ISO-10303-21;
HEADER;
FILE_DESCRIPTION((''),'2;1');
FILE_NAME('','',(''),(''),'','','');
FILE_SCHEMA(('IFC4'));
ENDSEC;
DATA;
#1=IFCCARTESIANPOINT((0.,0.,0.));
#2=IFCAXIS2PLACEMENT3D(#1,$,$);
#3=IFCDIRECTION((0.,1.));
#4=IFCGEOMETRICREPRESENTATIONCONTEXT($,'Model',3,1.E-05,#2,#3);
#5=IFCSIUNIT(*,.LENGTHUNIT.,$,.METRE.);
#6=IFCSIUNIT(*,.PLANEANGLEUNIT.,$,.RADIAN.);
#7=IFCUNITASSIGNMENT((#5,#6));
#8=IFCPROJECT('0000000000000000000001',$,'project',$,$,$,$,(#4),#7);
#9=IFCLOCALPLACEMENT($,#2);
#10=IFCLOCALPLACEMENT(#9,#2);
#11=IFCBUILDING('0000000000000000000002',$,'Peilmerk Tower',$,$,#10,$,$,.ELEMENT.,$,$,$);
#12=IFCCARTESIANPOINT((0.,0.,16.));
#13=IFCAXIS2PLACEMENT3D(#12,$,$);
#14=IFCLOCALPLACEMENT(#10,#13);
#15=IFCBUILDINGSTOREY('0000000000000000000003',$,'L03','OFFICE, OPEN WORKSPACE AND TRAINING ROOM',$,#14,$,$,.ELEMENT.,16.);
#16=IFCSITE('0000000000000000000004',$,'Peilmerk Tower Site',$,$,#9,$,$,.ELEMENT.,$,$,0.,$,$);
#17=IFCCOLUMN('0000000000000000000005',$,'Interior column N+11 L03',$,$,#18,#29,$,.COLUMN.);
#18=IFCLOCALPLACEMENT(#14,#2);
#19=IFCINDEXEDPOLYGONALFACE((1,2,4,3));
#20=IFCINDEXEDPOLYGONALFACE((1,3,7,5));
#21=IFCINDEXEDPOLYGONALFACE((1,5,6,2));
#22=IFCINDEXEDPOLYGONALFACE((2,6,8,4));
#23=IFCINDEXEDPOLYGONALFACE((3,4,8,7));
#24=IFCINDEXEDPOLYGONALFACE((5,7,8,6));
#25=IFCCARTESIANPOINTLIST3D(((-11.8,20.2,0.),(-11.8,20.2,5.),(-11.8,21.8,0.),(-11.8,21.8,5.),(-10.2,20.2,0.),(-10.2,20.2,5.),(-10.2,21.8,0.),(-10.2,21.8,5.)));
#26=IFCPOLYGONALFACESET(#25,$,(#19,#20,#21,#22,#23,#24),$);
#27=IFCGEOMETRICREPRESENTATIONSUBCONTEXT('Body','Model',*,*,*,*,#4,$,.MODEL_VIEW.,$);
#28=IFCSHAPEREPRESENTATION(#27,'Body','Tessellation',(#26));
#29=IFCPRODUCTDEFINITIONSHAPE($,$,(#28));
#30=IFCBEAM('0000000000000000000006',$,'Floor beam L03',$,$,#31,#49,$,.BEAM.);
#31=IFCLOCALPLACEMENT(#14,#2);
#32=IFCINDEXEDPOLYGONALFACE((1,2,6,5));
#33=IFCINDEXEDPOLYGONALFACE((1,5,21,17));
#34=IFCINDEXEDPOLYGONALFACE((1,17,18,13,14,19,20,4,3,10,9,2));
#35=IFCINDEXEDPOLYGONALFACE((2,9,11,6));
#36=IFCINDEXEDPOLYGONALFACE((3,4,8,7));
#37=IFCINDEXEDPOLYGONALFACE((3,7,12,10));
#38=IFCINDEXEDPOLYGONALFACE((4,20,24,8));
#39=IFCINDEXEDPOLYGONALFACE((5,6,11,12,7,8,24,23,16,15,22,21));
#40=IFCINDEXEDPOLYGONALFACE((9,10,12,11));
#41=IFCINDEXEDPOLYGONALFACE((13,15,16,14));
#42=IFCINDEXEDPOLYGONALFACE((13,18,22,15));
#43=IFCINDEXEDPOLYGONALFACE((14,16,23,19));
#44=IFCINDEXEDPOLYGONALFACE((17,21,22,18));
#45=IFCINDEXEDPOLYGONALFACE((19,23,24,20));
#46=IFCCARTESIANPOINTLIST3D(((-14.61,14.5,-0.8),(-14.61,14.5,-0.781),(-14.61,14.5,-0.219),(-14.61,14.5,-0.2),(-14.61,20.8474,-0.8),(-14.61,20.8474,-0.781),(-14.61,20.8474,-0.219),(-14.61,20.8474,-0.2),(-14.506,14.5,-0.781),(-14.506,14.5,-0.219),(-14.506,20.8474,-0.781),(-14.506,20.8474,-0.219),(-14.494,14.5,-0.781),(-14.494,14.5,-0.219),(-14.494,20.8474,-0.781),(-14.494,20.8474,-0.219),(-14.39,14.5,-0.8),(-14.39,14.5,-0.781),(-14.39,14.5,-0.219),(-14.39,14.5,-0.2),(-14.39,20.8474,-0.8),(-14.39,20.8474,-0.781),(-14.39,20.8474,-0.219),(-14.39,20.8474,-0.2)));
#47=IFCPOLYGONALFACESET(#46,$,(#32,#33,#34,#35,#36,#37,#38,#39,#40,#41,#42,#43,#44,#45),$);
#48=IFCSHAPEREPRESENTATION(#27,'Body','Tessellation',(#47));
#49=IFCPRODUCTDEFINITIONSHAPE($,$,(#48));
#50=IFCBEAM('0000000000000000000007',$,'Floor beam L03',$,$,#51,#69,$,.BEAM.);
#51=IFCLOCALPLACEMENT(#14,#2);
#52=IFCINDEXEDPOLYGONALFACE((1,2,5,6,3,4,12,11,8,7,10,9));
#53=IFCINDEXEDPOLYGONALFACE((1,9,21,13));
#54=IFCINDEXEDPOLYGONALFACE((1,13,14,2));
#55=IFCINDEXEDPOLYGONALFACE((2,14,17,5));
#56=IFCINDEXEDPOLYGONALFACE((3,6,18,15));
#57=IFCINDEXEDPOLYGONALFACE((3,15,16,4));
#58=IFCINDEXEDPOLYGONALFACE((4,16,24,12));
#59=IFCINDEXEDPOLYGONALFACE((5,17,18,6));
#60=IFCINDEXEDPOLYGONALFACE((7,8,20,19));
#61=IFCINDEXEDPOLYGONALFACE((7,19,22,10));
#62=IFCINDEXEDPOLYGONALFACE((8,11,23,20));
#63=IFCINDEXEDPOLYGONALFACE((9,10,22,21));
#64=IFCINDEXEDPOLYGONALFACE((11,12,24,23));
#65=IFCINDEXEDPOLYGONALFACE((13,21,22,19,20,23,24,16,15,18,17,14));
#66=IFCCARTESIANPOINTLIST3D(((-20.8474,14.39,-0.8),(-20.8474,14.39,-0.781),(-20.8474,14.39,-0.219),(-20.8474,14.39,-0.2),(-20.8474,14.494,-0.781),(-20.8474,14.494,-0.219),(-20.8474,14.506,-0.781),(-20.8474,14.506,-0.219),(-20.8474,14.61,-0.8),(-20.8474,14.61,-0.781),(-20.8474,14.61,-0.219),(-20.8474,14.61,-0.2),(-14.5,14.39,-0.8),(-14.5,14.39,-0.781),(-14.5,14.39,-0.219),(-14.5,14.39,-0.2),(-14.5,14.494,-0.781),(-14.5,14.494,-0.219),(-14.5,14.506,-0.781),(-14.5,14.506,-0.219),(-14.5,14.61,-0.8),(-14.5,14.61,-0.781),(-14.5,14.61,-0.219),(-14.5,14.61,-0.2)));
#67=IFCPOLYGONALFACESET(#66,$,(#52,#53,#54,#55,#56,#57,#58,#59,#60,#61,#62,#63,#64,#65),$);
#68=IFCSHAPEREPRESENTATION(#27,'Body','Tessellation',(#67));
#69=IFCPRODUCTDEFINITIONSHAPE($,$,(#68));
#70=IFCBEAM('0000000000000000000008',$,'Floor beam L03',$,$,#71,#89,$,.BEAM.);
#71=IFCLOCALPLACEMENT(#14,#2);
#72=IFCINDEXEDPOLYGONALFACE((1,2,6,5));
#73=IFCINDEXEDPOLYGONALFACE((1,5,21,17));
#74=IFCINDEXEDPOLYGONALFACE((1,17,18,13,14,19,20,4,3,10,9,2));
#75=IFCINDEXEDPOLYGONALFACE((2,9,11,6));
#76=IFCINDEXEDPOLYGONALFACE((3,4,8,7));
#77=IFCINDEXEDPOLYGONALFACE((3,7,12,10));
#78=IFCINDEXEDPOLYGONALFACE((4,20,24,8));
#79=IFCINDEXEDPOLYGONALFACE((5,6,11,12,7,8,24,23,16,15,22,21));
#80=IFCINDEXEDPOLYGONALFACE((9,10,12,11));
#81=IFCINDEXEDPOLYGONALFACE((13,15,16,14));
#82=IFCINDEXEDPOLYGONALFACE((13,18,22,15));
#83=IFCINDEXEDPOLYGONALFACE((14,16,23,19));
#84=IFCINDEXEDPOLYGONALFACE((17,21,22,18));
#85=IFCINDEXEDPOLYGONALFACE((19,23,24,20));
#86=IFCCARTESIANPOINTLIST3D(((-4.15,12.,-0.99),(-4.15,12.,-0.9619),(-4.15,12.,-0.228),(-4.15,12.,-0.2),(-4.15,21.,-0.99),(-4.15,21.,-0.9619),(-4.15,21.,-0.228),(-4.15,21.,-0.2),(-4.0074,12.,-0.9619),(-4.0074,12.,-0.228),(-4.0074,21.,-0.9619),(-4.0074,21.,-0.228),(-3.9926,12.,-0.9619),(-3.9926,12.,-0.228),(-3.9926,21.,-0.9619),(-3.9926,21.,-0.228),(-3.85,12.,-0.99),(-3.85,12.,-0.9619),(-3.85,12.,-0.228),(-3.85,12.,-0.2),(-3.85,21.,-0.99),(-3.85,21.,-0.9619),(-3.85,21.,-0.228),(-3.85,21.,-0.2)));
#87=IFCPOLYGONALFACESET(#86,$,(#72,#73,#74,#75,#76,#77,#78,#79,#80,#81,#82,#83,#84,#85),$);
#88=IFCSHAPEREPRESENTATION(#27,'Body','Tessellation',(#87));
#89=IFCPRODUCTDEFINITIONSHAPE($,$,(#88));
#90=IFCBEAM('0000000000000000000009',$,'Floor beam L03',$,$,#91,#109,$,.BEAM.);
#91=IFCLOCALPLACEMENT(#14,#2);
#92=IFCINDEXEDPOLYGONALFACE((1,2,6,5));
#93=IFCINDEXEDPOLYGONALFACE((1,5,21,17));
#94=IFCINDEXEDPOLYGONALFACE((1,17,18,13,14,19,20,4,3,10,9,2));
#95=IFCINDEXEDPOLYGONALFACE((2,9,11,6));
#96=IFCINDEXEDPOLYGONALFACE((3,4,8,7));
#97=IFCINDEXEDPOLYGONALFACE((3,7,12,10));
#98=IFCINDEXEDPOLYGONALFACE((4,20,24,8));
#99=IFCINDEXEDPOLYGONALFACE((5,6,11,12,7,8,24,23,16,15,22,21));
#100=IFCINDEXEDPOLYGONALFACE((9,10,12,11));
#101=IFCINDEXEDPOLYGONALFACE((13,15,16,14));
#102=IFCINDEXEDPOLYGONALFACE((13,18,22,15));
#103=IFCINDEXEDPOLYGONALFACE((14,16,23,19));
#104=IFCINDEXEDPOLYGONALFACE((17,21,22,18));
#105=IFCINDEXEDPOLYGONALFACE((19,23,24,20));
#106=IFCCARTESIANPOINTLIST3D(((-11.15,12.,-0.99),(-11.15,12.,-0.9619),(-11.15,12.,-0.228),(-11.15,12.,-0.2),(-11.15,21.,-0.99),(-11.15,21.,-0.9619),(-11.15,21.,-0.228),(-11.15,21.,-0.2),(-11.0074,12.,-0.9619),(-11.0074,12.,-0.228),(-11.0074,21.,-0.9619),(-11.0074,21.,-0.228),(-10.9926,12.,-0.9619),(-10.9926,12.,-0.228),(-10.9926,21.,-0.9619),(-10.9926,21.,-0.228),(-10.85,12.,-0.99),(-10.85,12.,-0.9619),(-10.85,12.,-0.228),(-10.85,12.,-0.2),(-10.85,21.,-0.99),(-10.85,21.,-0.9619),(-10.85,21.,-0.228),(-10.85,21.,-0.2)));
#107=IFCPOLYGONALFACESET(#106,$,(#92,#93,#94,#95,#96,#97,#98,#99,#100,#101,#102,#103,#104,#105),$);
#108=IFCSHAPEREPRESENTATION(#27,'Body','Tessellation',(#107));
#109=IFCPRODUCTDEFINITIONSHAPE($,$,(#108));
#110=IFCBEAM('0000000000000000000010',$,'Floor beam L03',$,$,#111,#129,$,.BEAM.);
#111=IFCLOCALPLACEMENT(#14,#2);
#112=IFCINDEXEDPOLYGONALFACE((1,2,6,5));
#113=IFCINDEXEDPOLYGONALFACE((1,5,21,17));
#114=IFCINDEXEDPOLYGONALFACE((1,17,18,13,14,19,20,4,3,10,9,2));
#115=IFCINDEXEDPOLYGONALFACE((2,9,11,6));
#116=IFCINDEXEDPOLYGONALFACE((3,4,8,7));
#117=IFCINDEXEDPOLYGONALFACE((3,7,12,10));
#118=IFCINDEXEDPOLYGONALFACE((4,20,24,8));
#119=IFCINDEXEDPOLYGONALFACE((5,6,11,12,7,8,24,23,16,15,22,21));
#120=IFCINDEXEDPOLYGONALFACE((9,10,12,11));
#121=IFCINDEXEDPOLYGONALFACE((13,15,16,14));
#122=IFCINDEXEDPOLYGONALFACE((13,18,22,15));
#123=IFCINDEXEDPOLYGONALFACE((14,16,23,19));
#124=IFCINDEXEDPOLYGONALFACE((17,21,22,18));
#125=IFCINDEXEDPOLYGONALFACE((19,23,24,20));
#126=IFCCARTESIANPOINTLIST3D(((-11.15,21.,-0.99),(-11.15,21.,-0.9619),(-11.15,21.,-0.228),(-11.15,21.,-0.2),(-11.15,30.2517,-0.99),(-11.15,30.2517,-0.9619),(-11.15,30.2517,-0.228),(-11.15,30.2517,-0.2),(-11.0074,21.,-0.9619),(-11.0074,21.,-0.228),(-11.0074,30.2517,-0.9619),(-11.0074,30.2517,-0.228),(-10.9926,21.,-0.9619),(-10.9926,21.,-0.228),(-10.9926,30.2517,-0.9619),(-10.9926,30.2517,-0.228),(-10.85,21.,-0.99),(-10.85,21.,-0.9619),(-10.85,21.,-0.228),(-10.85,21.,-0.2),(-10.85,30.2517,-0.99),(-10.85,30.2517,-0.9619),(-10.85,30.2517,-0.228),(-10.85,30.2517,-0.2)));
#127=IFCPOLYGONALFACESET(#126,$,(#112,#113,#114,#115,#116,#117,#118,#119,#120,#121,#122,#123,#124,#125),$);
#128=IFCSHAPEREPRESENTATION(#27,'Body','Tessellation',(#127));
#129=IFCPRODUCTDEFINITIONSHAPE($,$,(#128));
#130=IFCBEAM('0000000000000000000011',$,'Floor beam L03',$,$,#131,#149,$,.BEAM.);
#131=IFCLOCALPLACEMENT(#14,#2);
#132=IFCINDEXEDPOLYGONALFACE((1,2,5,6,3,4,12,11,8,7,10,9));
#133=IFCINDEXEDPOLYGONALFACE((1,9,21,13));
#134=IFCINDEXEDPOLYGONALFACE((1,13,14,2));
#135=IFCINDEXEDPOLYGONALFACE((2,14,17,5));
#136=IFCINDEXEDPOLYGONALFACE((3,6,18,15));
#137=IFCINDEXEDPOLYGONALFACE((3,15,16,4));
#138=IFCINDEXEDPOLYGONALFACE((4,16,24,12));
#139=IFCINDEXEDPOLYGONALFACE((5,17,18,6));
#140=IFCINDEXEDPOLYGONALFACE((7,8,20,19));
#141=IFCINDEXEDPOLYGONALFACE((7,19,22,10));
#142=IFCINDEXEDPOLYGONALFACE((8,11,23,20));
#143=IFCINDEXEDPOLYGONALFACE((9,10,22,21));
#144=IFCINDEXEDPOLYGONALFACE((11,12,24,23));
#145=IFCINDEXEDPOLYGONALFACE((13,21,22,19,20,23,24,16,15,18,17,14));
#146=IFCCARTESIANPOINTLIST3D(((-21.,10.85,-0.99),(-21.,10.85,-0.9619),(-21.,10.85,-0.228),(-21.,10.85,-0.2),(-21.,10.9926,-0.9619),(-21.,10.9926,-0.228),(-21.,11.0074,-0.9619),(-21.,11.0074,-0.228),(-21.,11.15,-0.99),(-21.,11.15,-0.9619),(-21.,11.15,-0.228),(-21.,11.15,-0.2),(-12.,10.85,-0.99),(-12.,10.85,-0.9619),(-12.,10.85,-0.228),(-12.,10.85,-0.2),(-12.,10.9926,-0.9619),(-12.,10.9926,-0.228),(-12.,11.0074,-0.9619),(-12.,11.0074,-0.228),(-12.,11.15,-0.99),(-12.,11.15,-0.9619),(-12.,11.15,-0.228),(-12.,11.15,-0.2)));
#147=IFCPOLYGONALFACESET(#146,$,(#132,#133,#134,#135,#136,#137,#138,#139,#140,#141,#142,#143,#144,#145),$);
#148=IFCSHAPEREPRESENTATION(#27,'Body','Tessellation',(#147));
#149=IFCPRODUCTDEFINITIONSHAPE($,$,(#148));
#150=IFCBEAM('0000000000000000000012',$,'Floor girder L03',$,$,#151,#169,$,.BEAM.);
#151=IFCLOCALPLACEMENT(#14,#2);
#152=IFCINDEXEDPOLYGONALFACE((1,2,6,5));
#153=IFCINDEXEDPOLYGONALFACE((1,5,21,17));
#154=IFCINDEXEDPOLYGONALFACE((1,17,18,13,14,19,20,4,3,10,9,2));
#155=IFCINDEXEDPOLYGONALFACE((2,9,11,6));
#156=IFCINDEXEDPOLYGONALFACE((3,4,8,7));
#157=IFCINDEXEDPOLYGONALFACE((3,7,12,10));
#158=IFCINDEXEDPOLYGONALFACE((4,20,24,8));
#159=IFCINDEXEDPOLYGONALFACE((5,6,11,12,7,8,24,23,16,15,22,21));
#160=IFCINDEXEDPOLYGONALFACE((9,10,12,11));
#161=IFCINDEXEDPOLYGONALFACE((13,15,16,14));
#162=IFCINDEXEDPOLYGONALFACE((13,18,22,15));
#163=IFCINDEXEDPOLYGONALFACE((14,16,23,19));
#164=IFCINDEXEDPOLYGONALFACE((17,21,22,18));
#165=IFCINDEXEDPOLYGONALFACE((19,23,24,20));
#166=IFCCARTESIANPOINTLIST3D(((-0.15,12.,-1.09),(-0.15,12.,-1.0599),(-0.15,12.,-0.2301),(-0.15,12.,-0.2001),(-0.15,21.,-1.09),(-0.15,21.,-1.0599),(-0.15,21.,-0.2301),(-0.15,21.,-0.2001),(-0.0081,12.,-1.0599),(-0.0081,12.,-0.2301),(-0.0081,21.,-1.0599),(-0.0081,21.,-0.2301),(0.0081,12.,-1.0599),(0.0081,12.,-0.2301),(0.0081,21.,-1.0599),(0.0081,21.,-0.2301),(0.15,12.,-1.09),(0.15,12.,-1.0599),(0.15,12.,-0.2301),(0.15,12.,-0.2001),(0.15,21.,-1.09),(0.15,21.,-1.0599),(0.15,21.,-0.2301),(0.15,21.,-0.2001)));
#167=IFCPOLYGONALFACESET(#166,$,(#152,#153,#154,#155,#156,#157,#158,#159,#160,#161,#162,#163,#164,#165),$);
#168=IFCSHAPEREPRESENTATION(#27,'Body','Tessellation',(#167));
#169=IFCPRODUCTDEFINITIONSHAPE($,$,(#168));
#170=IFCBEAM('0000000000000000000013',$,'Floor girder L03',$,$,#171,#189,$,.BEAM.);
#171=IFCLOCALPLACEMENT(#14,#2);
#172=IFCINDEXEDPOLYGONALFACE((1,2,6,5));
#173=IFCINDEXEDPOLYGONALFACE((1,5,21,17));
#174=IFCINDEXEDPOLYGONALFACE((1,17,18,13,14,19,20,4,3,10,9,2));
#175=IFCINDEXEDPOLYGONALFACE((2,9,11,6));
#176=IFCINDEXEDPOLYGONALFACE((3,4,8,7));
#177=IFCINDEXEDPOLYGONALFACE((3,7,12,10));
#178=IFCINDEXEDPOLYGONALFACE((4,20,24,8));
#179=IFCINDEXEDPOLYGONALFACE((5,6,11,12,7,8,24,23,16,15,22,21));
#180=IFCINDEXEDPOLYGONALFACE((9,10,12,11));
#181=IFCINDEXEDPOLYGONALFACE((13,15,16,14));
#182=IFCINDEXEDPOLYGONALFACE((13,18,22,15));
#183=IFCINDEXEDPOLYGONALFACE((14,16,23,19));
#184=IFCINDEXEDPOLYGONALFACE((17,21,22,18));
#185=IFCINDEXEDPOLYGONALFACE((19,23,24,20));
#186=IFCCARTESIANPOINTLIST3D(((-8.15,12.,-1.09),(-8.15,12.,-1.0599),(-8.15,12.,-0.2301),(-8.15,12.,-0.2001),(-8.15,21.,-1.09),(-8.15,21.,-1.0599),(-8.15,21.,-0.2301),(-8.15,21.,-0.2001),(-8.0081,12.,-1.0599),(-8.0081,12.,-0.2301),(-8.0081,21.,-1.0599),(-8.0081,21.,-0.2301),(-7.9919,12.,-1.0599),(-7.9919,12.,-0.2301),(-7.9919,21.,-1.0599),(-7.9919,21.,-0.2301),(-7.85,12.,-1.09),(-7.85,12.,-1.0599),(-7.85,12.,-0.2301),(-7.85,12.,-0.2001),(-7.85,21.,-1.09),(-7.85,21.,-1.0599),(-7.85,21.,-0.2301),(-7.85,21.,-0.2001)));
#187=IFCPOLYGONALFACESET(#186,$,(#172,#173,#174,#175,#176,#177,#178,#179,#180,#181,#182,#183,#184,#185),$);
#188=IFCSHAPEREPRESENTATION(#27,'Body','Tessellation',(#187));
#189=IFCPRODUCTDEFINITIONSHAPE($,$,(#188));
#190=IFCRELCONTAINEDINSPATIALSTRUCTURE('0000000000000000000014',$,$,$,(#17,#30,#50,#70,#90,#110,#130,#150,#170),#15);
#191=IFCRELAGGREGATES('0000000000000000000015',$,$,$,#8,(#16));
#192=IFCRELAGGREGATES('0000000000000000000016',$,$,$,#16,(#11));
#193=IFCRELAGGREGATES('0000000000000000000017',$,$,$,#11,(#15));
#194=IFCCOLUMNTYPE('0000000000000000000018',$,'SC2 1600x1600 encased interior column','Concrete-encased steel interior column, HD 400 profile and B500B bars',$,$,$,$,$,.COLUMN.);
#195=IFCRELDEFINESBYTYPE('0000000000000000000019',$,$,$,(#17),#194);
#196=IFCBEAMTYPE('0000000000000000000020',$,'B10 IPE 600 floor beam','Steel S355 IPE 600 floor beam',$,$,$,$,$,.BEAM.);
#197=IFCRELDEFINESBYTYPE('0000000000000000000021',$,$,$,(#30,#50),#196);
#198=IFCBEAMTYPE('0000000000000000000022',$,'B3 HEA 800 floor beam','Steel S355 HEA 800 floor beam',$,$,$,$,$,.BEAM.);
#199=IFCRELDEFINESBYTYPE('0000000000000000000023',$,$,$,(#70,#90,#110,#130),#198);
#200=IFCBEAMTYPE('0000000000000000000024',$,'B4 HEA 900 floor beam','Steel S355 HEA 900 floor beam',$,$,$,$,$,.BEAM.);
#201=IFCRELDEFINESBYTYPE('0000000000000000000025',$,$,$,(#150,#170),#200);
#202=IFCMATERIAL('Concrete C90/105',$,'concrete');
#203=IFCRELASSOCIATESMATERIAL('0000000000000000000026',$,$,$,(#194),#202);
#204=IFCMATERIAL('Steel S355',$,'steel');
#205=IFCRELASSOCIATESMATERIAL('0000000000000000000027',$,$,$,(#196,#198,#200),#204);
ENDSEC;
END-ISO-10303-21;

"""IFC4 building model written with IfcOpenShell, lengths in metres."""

from ifc_helpers import new_model, si_unit, direction, frame, origin, origin_2d, place, context, subcontext, project, spatial, rectangle, i_section, extrude, material, material_profile, profile_set, type_object, element, save


model = new_model("IFC4")

# Units and contexts
model_context = context("Model", 3, precision=1e-05, world=origin(), true_north=direction((0.0, 1.0)))
body_context = subcontext(model_context, "Body", "Model", "MODEL_VIEW")
ifc_project = project(units=[si_unit("LENGTHUNIT", "METRE"), si_unit("PLANEANGLEUNIT", "RADIAN")], contexts=[model_context])

# Site, building, storey
site_placement = place(None, origin())
site = spatial("IfcSite", under=ifc_project, at=site_placement, Name="Peilmerk Tower Site", CompositionType="ELEMENT", RefElevation=0.0)
building_placement = place(site_placement, origin())
building = spatial("IfcBuilding", under=site, at=building_placement, Name="Peilmerk Tower", CompositionType="ELEMENT")
storey_placement = place(building_placement, frame((0.0, 0.0, 16.0)))
storey = spatial("IfcBuildingStorey", under=building, at=storey_placement, Name="L03", Description="OFFICE, OPEN WORKSPACE AND TRAINING ROOM", CompositionType="ELEMENT", Elevation=16.0)

# Column
ifc_material_1 = material(Name="Concrete C90/105", Category="concrete")
ifc_material_profile_1 = material_profile(ifc_material_1, rectangle(XDim=1.6001, YDim=1.6001, at=origin_2d()), Name="RC 1600x1600")
ifc_profile_set_1 = profile_set([ifc_material_profile_1], Name="Concrete C90/105")
column_type = type_object("IfcColumnType", Name="SC2 1600x1600 encased interior column", Description="Concrete-encased steel interior column, HD 400 profile and B500B bars", PredefinedType="COLUMN", material=ifc_profile_set_1)
column_placement = place(storey_placement, frame((-11.0, 21.0, 0.0), z_axis=(0.0, 0.0, 1.0), x_axis=(1.0, 0.0, 0.0)))
element("IfcColumn", 1, at=column_placement, inside=storey, type_object=column_type, Name="Interior column N+11 L03", PredefinedType="COLUMN", context=body_context, shape_type="SweptSolid", body=[
    extrude(rectangle(XDim=1.6001, YDim=1.6001, at=origin_2d()), origin(), (0.0, 0.0, 1.0), 5.0),
])

# Beams
ifc_material_2 = material(Name="Steel S355", Category="steel")
ifc_material_profile_2 = material_profile(ifc_material_2, i_section(OverallWidth=0.22, OverallDepth=0.6001, WebThickness=0.012, FlangeThickness=0.019, at=origin_2d()), Name="IPE 600")
ifc_profile_set_2 = profile_set([ifc_material_profile_2], Name="Steel S355")
beam_type_1 = type_object("IfcBeamType", Name="B10 IPE 600 floor beam", Description="Steel S355 IPE 600 floor beam", PredefinedType="BEAM", material=ifc_profile_set_2)
for number, where, z_axis, x_axis, name in (
    (2, (-14.5, 14.5, -0.5), (0.0, 1.0, 0.0), (-1.0, 0.0, 0.0), "Floor beam L03"),
    (3, (-14.5, 14.5, -0.5), (-1.0, 0.0, 0.0), (0.0, -1.0, 0.0), "Floor beam L03"),
):
    element("IfcBeam", number, at=place(storey_placement, frame(where, z_axis=z_axis, x_axis=x_axis)), inside=storey, type_object=beam_type_1, Name=name, PredefinedType="BEAM", context=body_context, shape_type="SweptSolid", body=[
        extrude(i_section(OverallWidth=0.22, OverallDepth=0.6001, WebThickness=0.012, FlangeThickness=0.019, at=origin_2d()), origin(), (0.0, 0.0, 1.0), 6.3474),
    ])
ifc_material_profile_3 = material_profile(ifc_material_2, i_section(OverallWidth=0.3, OverallDepth=0.79, WebThickness=0.0149, FlangeThickness=0.0281, at=origin_2d()), Name="HEA 800")
ifc_profile_set_3 = profile_set([ifc_material_profile_3], Name="Steel S355")
beam_type_2 = type_object("IfcBeamType", Name="B3 HEA 800 floor beam", Description="Steel S355 HEA 800 floor beam", PredefinedType="BEAM", material=ifc_profile_set_3)
for number, where, z_axis, x_axis, name in (
    (4, (-4.0, 12.0, -0.595), (0.0, 1.0, 0.0), (-1.0, 0.0, 0.0), "Floor beam L03"),
    (5, (-11.0, 12.0, -0.595), (0.0, 1.0, 0.0), (-1.0, 0.0, 0.0), "Floor beam L03"),
):
    element("IfcBeam", number, at=place(storey_placement, frame(where, z_axis=z_axis, x_axis=x_axis)), inside=storey, type_object=beam_type_2, Name=name, PredefinedType="BEAM", context=body_context, shape_type="SweptSolid", body=[
        extrude(i_section(OverallWidth=0.3, OverallDepth=0.79, WebThickness=0.0149, FlangeThickness=0.0281, at=origin_2d()), origin(), (0.0, 0.0, 1.0), 9.0),
    ])
beam_1_placement = place(storey_placement, frame((-11.0, 21.0, -0.595), z_axis=(0.0, 1.0, 0.0), x_axis=(-1.0, 0.0, 0.0)))
element("IfcBeam", 6, at=beam_1_placement, inside=storey, type_object=beam_type_2, Name="Floor beam L03", PredefinedType="BEAM", context=body_context, shape_type="SweptSolid", body=[
    extrude(i_section(OverallWidth=0.3, OverallDepth=0.79, WebThickness=0.0149, FlangeThickness=0.0281, at=origin_2d()), origin(), (0.0, 0.0, 1.0), 9.2517),
])
beam_2_placement = place(storey_placement, frame((-12.0, 11.0, -0.595), z_axis=(-1.0, 0.0, 0.0), x_axis=(0.0, -1.0, 0.0)))
element("IfcBeam", 7, at=beam_2_placement, inside=storey, type_object=beam_type_2, Name="Floor beam L03", PredefinedType="BEAM", context=body_context, shape_type="SweptSolid", body=[
    extrude(i_section(OverallWidth=0.3, OverallDepth=0.79, WebThickness=0.0149, FlangeThickness=0.0281, at=origin_2d()), origin(), (0.0, 0.0, 1.0), 9.0),
])
ifc_material_profile_4 = material_profile(ifc_material_2, i_section(OverallWidth=0.3, OverallDepth=0.8899, WebThickness=0.0161, FlangeThickness=0.03, at=origin_2d()), Name="HEA 900")
ifc_profile_set_4 = profile_set([ifc_material_profile_4], Name="Steel S355")
beam_type_3 = type_object("IfcBeamType", Name="B4 HEA 900 floor beam", Description="Steel S355 HEA 900 floor beam", PredefinedType="BEAM", material=ifc_profile_set_4)
for number, where, z_axis, x_axis, name in (
    (8, (0.0, 12.0, -0.645), (0.0, 1.0, 0.0), (-1.0, 0.0, 0.0), "Floor girder L03"),
    (9, (-8.0, 12.0, -0.645), (0.0, 1.0, 0.0), (-1.0, 0.0, 0.0), "Floor girder L03"),
):
    element("IfcBeam", number, at=place(storey_placement, frame(where, z_axis=z_axis, x_axis=x_axis)), inside=storey, type_object=beam_type_3, Name=name, PredefinedType="BEAM", context=body_context, shape_type="SweptSolid", body=[
        extrude(i_section(OverallWidth=0.3, OverallDepth=0.8899, WebThickness=0.0161, FlangeThickness=0.03, at=origin_2d()), origin(), (0.0, 0.0, 1.0), 9.0),
    ])

save(model, "model.ifc")
